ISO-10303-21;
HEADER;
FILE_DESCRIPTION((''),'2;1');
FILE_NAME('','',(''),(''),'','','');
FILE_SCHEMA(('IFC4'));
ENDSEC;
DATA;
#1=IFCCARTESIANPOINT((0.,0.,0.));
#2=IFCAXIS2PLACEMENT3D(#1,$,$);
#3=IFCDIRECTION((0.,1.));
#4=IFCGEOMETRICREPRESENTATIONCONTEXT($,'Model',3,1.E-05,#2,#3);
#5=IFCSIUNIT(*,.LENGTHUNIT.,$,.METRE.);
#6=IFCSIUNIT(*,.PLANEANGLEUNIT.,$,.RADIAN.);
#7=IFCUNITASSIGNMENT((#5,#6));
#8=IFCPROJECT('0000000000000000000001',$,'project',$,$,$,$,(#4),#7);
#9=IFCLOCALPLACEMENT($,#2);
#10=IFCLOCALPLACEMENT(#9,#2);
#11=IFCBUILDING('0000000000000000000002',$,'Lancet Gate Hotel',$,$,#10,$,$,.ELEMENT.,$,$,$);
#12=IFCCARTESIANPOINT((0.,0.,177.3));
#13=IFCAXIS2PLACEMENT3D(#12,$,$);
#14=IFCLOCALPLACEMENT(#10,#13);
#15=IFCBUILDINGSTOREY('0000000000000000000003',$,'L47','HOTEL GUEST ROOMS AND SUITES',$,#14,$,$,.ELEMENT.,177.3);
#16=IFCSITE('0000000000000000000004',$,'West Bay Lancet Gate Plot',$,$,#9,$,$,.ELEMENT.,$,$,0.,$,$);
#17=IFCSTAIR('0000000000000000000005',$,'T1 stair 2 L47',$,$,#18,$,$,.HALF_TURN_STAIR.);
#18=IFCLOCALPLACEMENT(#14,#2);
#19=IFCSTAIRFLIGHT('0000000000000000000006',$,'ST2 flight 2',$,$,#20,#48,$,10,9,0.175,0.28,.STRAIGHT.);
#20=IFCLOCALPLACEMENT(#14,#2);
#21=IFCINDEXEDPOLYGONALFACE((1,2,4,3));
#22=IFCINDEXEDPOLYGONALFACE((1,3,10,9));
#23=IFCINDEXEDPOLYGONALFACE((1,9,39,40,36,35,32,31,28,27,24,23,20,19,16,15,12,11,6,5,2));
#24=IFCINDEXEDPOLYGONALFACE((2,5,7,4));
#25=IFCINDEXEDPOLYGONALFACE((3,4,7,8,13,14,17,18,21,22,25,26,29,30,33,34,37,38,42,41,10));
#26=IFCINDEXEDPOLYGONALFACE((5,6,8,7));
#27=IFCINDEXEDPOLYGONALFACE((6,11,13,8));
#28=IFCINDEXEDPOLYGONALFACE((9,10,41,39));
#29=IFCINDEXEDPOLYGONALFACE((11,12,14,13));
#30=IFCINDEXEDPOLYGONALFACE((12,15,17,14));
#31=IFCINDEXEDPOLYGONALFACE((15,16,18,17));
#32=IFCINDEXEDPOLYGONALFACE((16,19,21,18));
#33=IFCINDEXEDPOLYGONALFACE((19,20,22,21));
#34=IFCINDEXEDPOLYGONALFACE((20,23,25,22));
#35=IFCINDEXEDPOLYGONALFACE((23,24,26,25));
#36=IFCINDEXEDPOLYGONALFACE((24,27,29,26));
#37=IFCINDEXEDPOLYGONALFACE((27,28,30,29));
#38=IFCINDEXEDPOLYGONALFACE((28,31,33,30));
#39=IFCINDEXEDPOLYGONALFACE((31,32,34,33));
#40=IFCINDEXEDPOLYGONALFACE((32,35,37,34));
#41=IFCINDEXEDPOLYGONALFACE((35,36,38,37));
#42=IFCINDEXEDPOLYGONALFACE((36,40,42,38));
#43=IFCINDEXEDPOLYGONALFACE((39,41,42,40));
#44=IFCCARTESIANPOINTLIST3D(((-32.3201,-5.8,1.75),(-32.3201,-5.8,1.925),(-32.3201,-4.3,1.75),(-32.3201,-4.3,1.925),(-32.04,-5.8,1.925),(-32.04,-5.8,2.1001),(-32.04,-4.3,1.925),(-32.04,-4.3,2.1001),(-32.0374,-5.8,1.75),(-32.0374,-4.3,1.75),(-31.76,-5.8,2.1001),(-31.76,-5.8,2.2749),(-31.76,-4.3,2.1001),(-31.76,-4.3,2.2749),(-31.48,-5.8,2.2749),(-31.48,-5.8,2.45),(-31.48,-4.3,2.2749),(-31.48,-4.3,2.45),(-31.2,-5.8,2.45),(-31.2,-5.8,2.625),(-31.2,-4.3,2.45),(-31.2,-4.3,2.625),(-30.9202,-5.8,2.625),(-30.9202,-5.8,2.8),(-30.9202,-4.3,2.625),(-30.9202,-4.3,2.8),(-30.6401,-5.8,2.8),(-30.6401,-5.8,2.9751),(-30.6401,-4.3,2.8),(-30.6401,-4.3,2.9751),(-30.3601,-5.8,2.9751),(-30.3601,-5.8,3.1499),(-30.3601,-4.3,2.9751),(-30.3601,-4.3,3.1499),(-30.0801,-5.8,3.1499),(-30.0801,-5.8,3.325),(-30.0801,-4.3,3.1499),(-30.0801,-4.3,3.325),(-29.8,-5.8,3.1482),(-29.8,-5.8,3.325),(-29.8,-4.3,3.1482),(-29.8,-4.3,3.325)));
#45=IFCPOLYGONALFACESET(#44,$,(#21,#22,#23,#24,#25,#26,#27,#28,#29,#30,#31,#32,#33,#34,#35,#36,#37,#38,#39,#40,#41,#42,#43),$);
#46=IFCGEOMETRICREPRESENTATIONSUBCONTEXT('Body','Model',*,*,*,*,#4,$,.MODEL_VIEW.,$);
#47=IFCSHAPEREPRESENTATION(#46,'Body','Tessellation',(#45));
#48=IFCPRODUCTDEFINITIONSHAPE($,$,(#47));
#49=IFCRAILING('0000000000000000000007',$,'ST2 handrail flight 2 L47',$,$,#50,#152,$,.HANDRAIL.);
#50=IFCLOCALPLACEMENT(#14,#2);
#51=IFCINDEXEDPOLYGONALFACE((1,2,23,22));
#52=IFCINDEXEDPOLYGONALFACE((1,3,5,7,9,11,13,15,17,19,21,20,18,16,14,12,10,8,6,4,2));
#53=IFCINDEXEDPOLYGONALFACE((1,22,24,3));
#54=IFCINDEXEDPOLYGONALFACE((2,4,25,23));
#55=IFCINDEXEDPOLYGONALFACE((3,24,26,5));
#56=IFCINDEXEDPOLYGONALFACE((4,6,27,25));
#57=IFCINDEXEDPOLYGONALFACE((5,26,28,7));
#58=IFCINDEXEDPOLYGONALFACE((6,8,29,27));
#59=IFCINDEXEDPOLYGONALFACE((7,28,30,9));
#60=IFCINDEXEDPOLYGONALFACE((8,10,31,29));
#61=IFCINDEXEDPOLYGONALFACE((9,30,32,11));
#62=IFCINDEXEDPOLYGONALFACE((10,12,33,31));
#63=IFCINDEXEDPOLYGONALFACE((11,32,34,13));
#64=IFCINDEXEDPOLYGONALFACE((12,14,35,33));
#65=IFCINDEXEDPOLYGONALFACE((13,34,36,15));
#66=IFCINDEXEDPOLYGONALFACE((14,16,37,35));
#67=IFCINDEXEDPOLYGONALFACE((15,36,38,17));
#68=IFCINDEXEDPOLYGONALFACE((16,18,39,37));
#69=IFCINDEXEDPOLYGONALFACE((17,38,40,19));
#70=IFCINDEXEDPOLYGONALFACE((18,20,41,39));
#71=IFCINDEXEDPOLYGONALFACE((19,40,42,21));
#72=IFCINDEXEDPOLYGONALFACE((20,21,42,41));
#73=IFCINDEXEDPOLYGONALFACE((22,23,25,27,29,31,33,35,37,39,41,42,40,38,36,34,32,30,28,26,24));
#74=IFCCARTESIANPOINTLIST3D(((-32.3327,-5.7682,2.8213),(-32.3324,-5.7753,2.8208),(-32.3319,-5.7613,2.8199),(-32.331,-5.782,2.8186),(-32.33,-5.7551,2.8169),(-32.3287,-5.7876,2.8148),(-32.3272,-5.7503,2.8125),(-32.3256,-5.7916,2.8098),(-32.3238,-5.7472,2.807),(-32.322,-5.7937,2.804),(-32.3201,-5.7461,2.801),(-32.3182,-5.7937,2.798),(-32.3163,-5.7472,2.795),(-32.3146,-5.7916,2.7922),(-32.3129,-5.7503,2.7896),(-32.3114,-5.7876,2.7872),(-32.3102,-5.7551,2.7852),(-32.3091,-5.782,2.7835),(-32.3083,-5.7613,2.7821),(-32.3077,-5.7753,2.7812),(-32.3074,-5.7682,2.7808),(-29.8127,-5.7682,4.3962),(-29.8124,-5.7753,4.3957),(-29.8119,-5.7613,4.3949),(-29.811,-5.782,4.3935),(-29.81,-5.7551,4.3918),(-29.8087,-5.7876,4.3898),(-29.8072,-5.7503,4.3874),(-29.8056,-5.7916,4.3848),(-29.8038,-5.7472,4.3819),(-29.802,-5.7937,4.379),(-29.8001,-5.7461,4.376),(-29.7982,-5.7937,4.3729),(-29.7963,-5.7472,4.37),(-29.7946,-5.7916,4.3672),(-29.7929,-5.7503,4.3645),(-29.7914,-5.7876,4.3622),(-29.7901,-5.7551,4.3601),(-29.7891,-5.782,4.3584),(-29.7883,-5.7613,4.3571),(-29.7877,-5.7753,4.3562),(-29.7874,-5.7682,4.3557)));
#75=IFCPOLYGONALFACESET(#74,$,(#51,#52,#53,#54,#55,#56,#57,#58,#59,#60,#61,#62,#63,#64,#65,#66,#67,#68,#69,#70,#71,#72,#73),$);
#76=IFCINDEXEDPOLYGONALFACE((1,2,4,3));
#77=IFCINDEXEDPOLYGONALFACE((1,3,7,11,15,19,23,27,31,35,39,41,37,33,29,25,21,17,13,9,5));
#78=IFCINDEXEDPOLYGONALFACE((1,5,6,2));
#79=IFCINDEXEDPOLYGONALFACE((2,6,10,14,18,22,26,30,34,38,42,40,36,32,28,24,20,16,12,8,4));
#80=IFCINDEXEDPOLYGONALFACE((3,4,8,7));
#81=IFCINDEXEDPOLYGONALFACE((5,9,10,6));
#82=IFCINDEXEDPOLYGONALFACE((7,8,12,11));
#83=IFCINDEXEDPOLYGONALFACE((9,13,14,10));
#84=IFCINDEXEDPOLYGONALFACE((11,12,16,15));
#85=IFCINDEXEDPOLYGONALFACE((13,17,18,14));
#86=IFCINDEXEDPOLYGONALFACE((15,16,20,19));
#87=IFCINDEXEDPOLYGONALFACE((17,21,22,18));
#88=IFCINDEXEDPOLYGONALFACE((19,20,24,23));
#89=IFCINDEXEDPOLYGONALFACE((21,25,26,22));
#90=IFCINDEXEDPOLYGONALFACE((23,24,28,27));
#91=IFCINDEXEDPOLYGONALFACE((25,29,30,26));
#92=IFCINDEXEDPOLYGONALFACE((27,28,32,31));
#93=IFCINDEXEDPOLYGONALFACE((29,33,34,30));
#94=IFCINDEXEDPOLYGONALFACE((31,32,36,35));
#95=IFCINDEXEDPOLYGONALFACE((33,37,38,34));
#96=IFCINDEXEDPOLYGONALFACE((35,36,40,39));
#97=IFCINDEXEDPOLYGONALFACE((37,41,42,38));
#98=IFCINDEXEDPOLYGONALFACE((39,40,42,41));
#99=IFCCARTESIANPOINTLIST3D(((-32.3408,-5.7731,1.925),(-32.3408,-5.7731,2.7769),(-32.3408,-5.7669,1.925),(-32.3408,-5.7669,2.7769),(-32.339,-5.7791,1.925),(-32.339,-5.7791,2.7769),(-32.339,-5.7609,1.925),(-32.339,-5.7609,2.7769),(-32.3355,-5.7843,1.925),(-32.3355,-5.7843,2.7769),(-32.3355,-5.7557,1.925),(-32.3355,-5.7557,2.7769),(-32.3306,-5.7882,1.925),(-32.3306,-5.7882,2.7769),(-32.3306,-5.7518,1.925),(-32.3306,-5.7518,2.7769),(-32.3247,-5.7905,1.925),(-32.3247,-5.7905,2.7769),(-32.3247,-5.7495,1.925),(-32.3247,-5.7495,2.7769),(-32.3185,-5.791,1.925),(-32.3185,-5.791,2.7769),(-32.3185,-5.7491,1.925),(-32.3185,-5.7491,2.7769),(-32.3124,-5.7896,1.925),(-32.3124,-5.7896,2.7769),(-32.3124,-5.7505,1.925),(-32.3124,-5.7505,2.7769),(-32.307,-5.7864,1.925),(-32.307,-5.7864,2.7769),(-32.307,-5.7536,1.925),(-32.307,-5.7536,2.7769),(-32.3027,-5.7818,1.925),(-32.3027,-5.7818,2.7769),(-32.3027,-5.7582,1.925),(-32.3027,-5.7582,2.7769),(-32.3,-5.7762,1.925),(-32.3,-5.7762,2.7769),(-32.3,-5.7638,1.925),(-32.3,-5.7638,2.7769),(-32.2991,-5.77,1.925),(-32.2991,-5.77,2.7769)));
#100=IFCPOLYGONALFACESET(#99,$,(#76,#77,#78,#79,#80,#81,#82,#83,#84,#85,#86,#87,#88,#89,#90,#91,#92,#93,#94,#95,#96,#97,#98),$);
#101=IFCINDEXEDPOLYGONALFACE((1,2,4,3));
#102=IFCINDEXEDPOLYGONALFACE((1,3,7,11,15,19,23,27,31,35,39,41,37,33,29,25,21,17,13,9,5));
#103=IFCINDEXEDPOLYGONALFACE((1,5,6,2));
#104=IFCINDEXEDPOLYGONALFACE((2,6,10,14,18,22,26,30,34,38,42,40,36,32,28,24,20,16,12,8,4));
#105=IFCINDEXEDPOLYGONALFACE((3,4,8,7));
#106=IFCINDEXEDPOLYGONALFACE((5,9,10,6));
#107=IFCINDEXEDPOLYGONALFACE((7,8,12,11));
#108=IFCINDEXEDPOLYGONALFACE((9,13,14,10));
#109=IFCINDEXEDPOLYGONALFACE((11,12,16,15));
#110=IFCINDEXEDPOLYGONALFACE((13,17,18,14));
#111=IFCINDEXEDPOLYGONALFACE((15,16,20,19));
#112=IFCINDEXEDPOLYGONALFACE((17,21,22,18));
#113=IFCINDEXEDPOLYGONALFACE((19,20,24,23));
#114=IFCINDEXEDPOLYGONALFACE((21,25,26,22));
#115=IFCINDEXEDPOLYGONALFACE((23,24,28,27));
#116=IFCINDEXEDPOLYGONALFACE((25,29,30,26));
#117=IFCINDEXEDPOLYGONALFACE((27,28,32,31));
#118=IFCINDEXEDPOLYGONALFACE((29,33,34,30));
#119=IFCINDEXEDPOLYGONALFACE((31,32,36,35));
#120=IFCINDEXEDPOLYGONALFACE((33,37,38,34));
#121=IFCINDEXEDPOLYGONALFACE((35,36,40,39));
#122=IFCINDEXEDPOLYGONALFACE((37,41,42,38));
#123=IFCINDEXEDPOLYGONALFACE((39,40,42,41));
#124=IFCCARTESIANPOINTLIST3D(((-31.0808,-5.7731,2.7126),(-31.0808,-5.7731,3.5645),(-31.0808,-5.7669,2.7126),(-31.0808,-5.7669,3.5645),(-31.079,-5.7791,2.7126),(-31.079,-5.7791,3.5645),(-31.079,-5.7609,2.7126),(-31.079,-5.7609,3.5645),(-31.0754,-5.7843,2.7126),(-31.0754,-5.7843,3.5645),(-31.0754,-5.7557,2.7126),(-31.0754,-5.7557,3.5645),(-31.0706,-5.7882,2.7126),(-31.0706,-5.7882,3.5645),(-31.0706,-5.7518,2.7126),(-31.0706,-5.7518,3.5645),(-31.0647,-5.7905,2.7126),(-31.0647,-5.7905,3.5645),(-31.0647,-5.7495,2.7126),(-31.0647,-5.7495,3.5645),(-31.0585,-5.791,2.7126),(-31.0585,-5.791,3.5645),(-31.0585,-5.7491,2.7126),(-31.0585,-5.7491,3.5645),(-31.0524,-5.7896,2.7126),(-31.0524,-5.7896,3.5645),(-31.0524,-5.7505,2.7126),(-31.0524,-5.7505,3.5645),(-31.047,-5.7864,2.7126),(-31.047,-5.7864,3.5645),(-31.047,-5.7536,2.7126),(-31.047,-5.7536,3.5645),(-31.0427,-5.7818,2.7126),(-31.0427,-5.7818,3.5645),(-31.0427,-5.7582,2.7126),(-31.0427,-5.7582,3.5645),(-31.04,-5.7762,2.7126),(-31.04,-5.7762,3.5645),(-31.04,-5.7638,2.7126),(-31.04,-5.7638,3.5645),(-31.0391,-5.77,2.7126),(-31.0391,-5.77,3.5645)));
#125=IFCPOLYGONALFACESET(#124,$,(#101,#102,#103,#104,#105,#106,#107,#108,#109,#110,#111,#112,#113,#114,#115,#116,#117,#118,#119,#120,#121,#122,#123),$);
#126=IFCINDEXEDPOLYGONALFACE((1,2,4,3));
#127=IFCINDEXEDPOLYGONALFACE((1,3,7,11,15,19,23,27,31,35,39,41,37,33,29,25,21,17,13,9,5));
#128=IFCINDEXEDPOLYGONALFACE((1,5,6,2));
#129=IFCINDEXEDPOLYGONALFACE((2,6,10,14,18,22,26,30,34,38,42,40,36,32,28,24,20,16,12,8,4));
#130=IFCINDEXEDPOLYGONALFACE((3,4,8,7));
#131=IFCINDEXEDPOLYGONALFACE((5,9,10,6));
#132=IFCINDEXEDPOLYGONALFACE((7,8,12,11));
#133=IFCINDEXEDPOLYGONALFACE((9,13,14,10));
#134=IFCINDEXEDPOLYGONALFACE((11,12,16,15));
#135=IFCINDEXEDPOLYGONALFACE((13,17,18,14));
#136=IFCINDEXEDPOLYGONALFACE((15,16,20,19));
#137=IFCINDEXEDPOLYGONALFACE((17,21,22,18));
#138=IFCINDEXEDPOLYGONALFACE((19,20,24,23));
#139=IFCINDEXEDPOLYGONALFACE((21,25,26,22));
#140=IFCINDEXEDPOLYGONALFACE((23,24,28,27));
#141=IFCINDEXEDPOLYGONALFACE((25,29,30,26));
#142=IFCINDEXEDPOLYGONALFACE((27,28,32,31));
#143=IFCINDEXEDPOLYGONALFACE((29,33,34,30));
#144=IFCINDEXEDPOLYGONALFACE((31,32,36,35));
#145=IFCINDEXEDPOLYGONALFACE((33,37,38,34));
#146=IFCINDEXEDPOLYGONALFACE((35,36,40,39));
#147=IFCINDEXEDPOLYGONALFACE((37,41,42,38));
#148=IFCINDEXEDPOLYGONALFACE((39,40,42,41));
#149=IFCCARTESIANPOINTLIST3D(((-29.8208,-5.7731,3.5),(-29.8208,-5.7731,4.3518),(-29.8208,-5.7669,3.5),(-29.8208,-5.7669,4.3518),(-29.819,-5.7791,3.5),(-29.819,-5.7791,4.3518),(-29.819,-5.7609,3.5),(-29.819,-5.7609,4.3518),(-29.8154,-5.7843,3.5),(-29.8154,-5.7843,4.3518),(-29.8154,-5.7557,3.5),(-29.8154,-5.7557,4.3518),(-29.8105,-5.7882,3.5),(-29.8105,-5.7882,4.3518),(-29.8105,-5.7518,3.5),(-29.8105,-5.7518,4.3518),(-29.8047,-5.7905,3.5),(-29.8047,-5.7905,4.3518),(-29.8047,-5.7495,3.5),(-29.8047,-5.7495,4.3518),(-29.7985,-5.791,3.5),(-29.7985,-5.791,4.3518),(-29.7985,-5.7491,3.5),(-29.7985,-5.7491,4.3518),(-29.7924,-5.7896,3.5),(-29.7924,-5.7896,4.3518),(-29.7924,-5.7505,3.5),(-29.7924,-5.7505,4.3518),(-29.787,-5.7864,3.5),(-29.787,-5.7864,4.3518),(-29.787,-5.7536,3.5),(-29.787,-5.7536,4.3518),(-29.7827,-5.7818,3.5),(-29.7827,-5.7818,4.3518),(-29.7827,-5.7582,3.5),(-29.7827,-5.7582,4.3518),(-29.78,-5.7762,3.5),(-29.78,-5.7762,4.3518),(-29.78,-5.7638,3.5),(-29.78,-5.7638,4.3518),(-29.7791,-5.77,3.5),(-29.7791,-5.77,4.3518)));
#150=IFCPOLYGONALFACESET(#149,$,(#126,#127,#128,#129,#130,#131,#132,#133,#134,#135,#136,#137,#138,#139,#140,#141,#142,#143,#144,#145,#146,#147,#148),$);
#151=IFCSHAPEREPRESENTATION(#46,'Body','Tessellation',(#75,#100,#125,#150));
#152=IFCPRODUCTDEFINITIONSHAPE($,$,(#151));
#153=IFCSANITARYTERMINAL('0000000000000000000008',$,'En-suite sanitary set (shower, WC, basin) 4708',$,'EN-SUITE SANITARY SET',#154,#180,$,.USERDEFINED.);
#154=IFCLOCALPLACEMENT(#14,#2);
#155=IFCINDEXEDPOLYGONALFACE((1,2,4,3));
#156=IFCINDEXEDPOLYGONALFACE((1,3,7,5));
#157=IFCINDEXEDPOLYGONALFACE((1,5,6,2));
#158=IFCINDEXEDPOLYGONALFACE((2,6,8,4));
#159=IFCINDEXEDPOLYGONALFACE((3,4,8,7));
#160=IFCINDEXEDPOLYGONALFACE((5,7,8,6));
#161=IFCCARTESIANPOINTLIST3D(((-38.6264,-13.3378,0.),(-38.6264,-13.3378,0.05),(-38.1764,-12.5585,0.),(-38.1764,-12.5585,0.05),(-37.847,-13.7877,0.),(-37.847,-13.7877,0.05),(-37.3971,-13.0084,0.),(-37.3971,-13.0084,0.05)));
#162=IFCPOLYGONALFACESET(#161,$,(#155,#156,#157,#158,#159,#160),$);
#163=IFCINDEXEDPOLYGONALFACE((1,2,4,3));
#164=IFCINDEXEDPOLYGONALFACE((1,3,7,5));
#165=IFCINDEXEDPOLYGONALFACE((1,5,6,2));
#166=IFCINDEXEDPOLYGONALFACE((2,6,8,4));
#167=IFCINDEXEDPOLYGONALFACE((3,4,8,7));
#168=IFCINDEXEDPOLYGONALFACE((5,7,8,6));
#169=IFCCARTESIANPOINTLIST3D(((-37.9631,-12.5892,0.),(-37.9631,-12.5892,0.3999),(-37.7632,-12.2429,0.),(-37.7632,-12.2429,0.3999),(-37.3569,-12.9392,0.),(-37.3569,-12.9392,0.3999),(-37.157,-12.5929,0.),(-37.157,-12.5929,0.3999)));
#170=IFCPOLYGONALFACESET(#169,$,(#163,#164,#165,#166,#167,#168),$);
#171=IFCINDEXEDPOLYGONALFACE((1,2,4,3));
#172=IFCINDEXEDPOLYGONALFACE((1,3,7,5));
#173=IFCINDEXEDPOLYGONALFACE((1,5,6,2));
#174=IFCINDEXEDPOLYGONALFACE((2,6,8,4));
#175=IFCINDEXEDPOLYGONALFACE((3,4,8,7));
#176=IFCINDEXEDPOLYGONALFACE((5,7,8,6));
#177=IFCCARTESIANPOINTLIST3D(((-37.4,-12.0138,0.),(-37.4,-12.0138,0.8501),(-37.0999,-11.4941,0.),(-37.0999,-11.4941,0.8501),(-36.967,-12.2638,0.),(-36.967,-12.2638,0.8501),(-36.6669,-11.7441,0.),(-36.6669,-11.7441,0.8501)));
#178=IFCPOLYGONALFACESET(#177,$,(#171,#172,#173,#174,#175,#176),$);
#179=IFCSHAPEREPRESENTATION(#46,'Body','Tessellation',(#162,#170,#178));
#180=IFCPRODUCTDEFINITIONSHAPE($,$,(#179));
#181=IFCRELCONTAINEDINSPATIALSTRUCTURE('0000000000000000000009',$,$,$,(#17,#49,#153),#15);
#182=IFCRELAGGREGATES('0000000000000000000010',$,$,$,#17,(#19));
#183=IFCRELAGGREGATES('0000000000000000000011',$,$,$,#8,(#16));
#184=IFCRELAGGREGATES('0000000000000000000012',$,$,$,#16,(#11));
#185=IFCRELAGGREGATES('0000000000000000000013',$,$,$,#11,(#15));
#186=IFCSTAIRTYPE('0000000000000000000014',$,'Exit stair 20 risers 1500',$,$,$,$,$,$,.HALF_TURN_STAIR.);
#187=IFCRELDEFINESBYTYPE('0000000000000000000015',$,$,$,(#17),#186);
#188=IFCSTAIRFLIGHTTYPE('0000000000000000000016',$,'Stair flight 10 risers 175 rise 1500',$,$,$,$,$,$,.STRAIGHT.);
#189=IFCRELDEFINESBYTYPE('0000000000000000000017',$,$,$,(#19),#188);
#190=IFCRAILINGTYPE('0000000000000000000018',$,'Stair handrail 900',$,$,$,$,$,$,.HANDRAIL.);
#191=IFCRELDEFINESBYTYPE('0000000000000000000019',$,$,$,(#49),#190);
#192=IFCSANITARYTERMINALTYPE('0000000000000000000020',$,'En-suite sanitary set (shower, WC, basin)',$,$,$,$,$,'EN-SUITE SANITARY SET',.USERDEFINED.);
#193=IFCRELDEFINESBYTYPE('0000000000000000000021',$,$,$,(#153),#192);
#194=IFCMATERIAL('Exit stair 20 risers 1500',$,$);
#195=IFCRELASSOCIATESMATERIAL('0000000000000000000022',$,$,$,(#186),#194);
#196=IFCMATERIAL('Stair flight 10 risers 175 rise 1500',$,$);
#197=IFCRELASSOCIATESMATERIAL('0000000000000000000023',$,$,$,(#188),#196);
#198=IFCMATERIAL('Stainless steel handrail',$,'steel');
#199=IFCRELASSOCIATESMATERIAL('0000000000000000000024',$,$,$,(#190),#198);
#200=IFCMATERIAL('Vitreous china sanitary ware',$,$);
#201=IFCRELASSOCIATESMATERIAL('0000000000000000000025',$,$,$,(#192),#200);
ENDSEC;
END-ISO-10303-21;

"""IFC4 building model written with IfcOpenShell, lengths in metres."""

from ifc_helpers import new_model, si_unit, direction, frame, origin, origin_2d, place, context, subcontext, project, spatial, polyline, rectangle, circle, outline, extrude, material, type_object, element, aggregate, save


model = new_model("IFC4")

# Units and contexts
model_context = context("Model", 3, precision=1e-05, world=origin(), true_north=direction((0.0, 1.0)))
body_context = subcontext(model_context, "Body", "Model", "MODEL_VIEW")
ifc_project = project(units=[si_unit("LENGTHUNIT", "METRE"), si_unit("PLANEANGLEUNIT", "RADIAN")], contexts=[model_context])

# Site, building, storey
site_placement = place(None, origin())
site = spatial("IfcSite", under=ifc_project, at=site_placement, Name="West Bay Lancet Gate Plot", CompositionType="ELEMENT", RefElevation=0.0)
building_placement = place(site_placement, origin())
building = spatial("IfcBuilding", under=site, at=building_placement, Name="Lancet Gate Hotel", CompositionType="ELEMENT")
storey_placement = place(building_placement, frame((0.0, 0.0, 177.3)))
storey = spatial("IfcBuildingStorey", under=building, at=storey_placement, Name="L47", Description="HOTEL GUEST ROOMS AND SUITES", CompositionType="ELEMENT", Elevation=177.3)

# Stair, stair flight
ifc_material_1 = material(Name="Exit stair 20 risers 1500")
stair_type = type_object("IfcStairType", Name="Exit stair 20 risers 1500", PredefinedType="HALF_TURN_STAIR", material=ifc_material_1)
stair_placement = place(storey_placement, origin())
stair = element("IfcStair", 1, at=stair_placement, inside=storey, type_object=stair_type, Name="T1 stair 2 L47", PredefinedType="HALF_TURN_STAIR")
ifc_material_2 = material(Name="Stair flight 10 risers 175 rise 1500")
stair_flight_type = type_object("IfcStairFlightType", Name="Stair flight 10 risers 175 rise 1500", PredefinedType="STRAIGHT", material=ifc_material_2)
stair_flight_placement = place(storey_placement, frame((-32.3201, -5.05, 1.75), z_axis=(0.0, 0.0, 1.0), x_axis=(1.0, 0.0, 0.0)))
stair_flight = element("IfcStairFlight", 2, at=stair_flight_placement, type_object=stair_flight_type, Name="ST2 flight 2", NumberOfRisers=10, NumberOfTreads=9, PredefinedType="STRAIGHT", RiserHeight=0.175, TreadLength=0.28, context=body_context, shape_type="SweptSolid", body=[
    extrude(outline(polyline([(0.0, 0.0), (0.0, 0.175), (0.28, 0.175), (0.28, 0.3501), (0.5601, 0.3501), (0.5601, 0.5249), (0.8401, 0.5249), (0.8401, 0.7), (1.1201, 0.7), (1.1201, 0.875), (1.3999, 0.875), (1.3999, 1.05), (1.6799, 1.05), (1.6799, 1.2251), (1.96, 1.2251), (1.96, 1.3999), (2.24, 1.3999), (2.24, 1.575), (2.52, 1.575), (2.52, 1.75), (2.52, 1.3982), (0.2827, 0.0), (0.0, 0.0)])), frame((0.0, 0.75, 0.0), z_axis=(0.0, -1.0, 0.0), x_axis=(1.0, 0.0, 0.0)), (0.0, 0.0, 1.0), 1.5),
])
aggregate(stair, [stair_flight])

# Railing
ifc_material_3 = material(Name="Stainless steel handrail", Category="steel")
railing_type = type_object("IfcRailingType", Name="Stair handrail 900", PredefinedType="HANDRAIL", material=ifc_material_3)
railing_placement = place(storey_placement, frame((-32.3201, -5.77, 1.925)))
element("IfcRailing", 3, at=railing_placement, inside=storey, type_object=railing_type, Name="ST2 handrail flight 2 L47", PredefinedType="HANDRAIL", context=body_context, shape_type="SweptSolid", body=[
    extrude(circle(Radius=0.0239, at=origin_2d()), frame((0.0, 0.0, 0.876), z_axis=(0.848008, 0.0, 0.529984), x_axis=(0.0, 1.0, 0.0)), (0.0, 0.0, 1.0), 2.9717),
    extrude(circle(Radius=0.021, at=origin_2d()), origin(), (0.0, 0.0, 1.0), 0.8518),
    extrude(circle(Radius=0.021, at=origin_2d()), frame((1.26, 0.0, 0.7876)), (0.0, 0.0, 1.0), 0.8518),
    extrude(circle(Radius=0.021, at=origin_2d()), frame((2.52, 0.0, 1.575)), (0.0, 0.0, 1.0), 0.8518),
])

# Sanitary terminal
ifc_material_4 = material(Name="Vitreous china sanitary ware")
sanitary_terminal_type = type_object("IfcSanitaryTerminalType", Name="En-suite sanitary set (shower, WC, basin)", ElementType="EN-SUITE SANITARY SET", PredefinedType="USERDEFINED", material=ifc_material_4)
sanitary_terminal_placement = place(storey_placement, frame((-38.0117, -13.1731, 0.0), z_axis=(0.0, 0.0, 1.0), x_axis=(1.0, 0.0, 0.0)))
element("IfcSanitaryTerminal", 4, at=sanitary_terminal_placement, inside=storey, type_object=sanitary_terminal_type, Name="En-suite sanitary set (shower, WC, basin) 4708", ObjectType="EN-SUITE SANITARY SET", PredefinedType="USERDEFINED", context=body_context, shape_type="SweptSolid", body=[
    extrude(rectangle(XDim=0.8999, YDim=0.8999, at=origin_2d()), frame((0.0, 0.0, 0.0), z_axis=(0.0, 0.0, 1.0), x_axis=(-0.5, -0.866025, 0.0)), (0.0, 0.0, 1.0), 0.05),
    extrude(rectangle(XDim=0.3999, YDim=0.7, at=origin_2d()), frame((0.4517, 0.582, 0.0), z_axis=(0.0, 0.0, 1.0), x_axis=(-0.5, -0.866025, 0.0)), (0.0, 0.0, 1.0), 0.3999),
    extrude(rectangle(XDim=0.6001, YDim=0.5, at=origin_2d()), frame((0.9783, 1.2942, 0.0), z_axis=(0.0, 0.0, 1.0), x_axis=(-0.5, -0.866025, 0.0)), (0.0, 0.0, 1.0), 0.8501),
])

save(model, "model.ifc")
